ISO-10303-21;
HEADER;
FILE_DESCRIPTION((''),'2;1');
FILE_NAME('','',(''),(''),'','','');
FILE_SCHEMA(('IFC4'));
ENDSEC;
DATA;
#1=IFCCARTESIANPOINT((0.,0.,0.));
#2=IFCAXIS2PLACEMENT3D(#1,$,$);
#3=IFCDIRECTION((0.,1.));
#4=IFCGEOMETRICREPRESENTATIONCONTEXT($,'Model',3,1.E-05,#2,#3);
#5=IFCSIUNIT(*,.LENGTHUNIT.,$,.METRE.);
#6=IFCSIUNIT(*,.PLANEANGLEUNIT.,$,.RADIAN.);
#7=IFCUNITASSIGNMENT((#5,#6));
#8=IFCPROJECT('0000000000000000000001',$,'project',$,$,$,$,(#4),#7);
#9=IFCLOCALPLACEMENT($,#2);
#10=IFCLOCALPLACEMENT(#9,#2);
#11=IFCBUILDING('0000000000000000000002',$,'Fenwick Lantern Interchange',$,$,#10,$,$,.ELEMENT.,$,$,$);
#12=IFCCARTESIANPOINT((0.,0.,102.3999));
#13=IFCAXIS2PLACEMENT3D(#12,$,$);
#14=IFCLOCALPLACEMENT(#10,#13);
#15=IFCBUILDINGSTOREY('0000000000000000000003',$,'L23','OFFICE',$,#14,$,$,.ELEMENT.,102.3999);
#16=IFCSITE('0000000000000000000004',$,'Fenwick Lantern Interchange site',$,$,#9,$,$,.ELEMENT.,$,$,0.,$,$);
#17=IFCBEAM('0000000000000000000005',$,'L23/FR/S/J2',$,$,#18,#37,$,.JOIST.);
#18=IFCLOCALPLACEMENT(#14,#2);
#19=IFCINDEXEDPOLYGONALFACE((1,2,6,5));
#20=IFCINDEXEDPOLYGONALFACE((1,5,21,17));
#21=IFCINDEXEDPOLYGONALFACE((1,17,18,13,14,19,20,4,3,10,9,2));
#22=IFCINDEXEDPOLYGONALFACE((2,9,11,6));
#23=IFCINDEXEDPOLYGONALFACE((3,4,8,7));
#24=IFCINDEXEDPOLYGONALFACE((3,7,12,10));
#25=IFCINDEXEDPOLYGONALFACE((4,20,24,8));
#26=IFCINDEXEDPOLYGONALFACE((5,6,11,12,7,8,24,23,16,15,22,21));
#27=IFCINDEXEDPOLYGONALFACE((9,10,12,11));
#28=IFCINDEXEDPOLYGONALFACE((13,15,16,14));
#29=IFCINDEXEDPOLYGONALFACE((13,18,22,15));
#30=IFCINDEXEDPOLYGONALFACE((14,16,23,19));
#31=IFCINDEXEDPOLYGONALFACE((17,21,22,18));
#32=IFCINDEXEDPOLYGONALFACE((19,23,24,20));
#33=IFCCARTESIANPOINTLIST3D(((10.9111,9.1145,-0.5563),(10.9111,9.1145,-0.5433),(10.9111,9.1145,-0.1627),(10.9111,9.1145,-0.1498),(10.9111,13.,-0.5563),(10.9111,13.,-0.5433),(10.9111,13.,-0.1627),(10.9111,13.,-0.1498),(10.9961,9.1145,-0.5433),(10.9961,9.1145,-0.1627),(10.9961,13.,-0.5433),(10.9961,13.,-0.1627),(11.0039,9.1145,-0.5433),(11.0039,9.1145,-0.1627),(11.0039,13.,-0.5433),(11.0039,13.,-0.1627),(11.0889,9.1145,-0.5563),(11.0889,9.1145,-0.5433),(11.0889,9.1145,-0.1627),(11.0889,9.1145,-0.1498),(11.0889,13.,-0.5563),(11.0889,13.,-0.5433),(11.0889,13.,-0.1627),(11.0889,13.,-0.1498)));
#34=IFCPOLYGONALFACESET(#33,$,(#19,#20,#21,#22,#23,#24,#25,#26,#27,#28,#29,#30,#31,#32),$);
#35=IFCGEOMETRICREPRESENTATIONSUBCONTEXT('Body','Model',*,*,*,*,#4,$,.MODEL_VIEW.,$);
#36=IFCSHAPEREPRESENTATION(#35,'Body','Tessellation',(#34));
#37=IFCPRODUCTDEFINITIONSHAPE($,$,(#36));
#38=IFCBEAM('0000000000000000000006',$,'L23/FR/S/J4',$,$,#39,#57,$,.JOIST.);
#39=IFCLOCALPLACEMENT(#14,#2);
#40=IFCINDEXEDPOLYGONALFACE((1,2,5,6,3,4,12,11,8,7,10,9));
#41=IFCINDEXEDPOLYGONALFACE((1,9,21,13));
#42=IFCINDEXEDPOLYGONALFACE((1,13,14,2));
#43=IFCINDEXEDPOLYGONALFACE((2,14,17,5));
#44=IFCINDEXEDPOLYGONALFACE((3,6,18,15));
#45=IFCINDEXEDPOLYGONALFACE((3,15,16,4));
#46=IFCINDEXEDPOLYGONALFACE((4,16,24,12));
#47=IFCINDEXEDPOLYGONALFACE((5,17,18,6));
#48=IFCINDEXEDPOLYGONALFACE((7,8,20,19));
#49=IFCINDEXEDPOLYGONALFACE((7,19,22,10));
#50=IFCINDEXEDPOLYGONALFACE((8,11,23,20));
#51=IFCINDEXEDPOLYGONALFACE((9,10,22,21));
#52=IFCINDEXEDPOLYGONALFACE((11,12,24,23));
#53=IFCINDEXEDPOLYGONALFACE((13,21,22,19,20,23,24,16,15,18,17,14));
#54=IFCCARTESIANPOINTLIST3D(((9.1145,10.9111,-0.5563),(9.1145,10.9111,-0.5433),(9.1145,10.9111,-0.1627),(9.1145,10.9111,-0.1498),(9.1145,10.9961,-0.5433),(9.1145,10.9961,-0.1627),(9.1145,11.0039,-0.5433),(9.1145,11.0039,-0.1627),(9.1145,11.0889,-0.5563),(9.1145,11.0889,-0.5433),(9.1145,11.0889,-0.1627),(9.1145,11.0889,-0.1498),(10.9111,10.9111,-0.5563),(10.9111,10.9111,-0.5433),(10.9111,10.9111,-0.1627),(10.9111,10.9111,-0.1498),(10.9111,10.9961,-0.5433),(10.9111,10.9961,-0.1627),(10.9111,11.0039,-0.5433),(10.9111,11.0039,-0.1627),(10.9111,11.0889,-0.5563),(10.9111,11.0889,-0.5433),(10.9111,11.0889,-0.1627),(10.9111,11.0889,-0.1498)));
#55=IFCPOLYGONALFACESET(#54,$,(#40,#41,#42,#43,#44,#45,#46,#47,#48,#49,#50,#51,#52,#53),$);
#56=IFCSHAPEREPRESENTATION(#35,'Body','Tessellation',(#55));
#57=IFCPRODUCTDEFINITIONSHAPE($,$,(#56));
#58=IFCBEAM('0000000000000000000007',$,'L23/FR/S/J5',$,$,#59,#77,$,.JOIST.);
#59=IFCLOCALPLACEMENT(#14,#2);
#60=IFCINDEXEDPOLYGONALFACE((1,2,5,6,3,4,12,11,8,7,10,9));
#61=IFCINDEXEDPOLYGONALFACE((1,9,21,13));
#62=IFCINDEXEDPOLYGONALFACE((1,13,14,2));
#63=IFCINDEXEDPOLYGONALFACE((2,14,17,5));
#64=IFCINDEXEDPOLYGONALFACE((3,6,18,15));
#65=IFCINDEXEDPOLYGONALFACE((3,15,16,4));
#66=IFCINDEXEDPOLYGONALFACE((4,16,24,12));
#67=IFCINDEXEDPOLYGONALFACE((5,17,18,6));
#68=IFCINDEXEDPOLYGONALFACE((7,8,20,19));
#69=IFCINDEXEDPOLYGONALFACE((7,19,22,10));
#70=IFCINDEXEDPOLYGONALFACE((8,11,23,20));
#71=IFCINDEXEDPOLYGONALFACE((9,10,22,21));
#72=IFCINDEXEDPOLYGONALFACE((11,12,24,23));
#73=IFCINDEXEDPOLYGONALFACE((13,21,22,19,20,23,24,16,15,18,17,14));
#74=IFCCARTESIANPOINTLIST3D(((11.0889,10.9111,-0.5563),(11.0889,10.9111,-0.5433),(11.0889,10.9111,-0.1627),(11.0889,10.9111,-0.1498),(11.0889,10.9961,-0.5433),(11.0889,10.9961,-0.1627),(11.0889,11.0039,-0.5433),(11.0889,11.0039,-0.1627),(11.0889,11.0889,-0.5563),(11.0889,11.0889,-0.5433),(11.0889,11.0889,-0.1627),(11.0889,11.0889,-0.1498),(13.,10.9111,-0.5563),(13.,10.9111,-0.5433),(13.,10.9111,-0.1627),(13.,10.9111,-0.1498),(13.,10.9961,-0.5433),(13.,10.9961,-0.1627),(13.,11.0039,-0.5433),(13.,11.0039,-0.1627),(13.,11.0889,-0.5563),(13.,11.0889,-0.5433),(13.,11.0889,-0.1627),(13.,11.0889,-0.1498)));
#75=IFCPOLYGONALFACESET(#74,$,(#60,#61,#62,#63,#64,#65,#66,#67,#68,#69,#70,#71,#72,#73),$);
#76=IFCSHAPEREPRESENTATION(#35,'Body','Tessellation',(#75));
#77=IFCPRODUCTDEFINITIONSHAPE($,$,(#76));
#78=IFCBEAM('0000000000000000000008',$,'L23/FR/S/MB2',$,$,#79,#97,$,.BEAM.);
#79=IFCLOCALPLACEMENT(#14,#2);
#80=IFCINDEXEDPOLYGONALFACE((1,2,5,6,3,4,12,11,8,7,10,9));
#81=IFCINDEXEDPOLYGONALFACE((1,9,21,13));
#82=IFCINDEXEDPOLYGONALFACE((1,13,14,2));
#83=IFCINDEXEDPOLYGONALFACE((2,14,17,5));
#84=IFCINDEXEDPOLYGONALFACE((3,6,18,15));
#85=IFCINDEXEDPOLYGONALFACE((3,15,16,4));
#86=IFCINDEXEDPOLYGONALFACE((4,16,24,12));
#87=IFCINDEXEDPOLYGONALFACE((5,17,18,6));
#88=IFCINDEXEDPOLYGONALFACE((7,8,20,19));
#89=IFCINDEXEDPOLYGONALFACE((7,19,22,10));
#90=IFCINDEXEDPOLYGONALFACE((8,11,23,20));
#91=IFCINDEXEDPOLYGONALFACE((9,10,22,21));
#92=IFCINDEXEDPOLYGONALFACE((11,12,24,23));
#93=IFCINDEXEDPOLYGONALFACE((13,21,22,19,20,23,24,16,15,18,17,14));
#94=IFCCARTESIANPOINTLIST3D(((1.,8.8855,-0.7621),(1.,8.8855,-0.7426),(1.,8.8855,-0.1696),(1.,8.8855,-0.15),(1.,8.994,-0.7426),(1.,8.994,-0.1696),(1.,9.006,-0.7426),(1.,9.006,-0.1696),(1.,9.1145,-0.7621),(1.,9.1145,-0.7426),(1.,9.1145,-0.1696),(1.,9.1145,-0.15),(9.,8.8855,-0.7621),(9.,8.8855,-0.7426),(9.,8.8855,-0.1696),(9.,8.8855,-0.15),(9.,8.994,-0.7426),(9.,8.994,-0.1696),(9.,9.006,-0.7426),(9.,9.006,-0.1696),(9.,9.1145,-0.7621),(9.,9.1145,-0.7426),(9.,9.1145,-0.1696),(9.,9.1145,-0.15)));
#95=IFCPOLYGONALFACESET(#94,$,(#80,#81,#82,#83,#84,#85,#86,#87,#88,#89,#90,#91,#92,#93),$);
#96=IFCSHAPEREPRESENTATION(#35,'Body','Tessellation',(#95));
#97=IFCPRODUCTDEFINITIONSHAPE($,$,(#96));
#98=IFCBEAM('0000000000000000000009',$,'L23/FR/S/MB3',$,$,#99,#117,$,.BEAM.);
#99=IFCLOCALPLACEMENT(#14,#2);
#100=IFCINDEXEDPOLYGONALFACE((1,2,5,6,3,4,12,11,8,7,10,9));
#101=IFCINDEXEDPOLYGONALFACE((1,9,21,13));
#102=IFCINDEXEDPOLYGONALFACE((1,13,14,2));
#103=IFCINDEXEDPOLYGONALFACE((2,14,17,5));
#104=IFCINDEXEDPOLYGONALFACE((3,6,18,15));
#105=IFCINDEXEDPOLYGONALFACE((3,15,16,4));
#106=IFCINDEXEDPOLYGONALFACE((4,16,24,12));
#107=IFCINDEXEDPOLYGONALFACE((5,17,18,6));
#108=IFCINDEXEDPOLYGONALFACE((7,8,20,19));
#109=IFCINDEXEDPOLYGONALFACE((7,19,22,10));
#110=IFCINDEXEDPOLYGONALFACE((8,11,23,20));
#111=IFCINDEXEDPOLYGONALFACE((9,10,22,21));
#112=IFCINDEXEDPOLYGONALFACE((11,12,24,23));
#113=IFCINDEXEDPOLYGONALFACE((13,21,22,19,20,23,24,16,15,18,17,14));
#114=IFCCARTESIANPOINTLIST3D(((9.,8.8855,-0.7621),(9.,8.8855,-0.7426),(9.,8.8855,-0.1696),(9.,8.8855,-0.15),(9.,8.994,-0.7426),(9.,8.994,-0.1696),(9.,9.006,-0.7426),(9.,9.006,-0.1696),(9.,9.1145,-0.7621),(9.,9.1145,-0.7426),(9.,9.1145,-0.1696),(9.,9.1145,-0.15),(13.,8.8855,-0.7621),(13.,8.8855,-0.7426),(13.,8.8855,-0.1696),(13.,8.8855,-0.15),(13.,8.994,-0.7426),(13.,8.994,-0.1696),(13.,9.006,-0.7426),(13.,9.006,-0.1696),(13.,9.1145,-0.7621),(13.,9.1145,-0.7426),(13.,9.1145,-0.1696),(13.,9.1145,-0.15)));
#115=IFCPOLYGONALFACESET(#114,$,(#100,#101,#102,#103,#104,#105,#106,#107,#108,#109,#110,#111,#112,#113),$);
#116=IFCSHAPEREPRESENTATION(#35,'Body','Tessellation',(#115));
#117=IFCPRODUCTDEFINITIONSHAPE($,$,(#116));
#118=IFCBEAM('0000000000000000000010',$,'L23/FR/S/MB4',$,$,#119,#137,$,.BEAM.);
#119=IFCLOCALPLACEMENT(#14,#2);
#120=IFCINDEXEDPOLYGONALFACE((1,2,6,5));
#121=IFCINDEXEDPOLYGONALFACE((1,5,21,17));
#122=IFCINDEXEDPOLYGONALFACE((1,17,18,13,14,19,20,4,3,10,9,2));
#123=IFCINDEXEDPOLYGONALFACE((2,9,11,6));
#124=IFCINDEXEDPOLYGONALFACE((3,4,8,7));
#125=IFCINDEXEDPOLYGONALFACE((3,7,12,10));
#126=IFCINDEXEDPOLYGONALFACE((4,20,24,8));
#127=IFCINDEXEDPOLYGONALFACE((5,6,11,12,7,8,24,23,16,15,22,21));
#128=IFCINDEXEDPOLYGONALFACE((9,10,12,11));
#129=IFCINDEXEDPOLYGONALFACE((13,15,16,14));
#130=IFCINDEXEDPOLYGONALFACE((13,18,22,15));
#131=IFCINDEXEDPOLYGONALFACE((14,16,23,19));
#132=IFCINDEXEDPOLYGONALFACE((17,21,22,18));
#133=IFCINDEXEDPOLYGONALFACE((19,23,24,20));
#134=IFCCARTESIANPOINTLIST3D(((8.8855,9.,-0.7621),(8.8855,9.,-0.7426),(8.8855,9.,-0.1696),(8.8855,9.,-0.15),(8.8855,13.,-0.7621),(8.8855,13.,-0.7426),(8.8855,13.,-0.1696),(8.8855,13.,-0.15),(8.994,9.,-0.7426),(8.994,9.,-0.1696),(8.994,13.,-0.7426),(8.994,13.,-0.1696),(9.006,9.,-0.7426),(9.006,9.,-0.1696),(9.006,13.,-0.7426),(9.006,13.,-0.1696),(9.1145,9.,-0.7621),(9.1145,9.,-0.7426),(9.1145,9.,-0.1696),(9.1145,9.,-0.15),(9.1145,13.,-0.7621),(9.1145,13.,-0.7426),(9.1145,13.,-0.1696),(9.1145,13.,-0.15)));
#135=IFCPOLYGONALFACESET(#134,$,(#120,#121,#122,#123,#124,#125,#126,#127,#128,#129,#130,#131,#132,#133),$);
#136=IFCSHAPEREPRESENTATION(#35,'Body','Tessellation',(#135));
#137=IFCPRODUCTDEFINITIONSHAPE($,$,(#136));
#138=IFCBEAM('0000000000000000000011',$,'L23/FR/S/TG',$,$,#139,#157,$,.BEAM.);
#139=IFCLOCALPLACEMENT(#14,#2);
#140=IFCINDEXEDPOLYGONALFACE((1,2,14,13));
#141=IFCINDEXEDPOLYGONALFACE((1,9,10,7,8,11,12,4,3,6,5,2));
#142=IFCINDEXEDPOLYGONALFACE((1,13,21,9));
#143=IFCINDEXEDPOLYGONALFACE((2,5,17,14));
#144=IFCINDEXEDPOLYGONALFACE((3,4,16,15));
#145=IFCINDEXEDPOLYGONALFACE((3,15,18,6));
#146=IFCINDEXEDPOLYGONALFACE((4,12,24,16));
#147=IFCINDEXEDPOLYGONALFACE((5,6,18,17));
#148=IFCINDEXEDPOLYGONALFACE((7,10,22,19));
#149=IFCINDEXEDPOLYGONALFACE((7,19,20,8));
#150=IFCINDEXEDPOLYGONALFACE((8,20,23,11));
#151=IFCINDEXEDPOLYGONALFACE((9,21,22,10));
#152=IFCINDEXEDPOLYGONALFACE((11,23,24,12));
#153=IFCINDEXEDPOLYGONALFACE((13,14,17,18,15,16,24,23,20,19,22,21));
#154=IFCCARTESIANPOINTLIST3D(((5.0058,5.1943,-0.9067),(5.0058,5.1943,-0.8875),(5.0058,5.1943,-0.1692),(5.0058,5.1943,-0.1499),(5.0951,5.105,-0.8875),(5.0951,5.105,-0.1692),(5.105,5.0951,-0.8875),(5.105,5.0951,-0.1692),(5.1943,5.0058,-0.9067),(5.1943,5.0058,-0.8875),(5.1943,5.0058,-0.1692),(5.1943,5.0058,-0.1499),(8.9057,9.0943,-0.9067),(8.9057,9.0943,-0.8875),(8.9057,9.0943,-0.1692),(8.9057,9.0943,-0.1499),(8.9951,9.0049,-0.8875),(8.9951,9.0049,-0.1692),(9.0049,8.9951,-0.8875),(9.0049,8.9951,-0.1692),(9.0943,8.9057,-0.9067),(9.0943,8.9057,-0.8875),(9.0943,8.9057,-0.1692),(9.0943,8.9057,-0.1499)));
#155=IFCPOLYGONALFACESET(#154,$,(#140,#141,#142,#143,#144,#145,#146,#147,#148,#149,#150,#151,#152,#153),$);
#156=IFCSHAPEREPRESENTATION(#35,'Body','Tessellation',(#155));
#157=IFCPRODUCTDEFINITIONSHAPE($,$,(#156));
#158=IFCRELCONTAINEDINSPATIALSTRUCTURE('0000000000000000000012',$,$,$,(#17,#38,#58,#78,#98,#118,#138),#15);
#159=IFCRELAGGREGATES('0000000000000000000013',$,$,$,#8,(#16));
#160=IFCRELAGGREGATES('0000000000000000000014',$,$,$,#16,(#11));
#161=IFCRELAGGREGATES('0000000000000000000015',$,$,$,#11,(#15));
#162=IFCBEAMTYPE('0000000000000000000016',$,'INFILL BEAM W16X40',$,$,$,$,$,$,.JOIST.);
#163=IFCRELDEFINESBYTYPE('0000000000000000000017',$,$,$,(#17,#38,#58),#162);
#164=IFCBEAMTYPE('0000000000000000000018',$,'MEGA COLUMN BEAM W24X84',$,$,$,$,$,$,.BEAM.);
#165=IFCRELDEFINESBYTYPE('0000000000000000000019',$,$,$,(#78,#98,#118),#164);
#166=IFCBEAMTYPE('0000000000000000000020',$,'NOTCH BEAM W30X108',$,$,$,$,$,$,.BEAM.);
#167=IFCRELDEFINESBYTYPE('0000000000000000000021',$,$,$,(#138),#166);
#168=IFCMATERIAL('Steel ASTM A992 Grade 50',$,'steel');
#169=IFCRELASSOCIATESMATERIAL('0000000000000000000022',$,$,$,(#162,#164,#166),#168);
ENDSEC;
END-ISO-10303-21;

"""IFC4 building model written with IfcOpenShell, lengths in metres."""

from ifc_helpers import new_model, si_unit, direction, frame, origin, origin_2d, place, context, subcontext, project, spatial, i_section, extrude, material, material_profile, profile_set, type_object, element, save


model = new_model("IFC4")

# Units and contexts
model_context = context("Model", 3, precision=1e-05, world=origin(), true_north=direction((0.0, 1.0)))
body_context = subcontext(model_context, "Body", "Model", "MODEL_VIEW")
ifc_project = project(units=[si_unit("LENGTHUNIT", "METRE"), si_unit("PLANEANGLEUNIT", "RADIAN")], contexts=[model_context])

# Site, building, storey
site_placement = place(None, origin())
site = spatial("IfcSite", under=ifc_project, at=site_placement, Name="Fenwick Lantern Interchange site", CompositionType="ELEMENT", RefElevation=0.0)
building_placement = place(site_placement, origin())
building = spatial("IfcBuilding", under=site, at=building_placement, Name="Fenwick Lantern Interchange", CompositionType="ELEMENT")
storey_placement = place(building_placement, frame((0.0, 0.0, 102.3999)))
storey = spatial("IfcBuildingStorey", under=building, at=storey_placement, Name="L23", Description="OFFICE", CompositionType="ELEMENT", Elevation=102.3999)

# Beams
ifc_material_1 = material(Name="Steel ASTM A992 Grade 50", Category="steel")
ifc_material_profile_1 = material_profile(ifc_material_1, i_section(OverallWidth=0.1777, OverallDepth=0.4065, WebThickness=0.0078, FlangeThickness=0.0129, at=origin_2d()), Name="W16X40")
ifc_profile_set_1 = profile_set([ifc_material_profile_1], Name="Steel ASTM A992 Grade 50")
beam_type_1 = type_object("IfcBeamType", Name="INFILL BEAM W16X40", PredefinedType="JOIST", material=ifc_profile_set_1)
beam_1_placement = place(storey_placement, frame((11.0, 9.1145, -0.353), z_axis=(0.0, 1.0, 0.0), x_axis=(-1.0, 0.0, 0.0)))
element("IfcBeam", 1, at=beam_1_placement, inside=storey, type_object=beam_type_1, Name="L23/FR/S/J2", PredefinedType="JOIST", context=body_context, shape_type="SweptSolid", body=[
    extrude(i_section(OverallWidth=0.1777, OverallDepth=0.4065, WebThickness=0.0078, FlangeThickness=0.0129, at=origin_2d()), origin(), (0.0, 0.0, 1.0), 3.8855),
])
beam_2_placement = place(storey_placement, frame((9.1145, 11.0, -0.353), z_axis=(1.0, 0.0, 0.0), x_axis=(0.0, 1.0, 0.0)))
element("IfcBeam", 2, at=beam_2_placement, inside=storey, type_object=beam_type_1, Name="L23/FR/S/J4", PredefinedType="JOIST", context=body_context, shape_type="SweptSolid", body=[
    extrude(i_section(OverallWidth=0.1777, OverallDepth=0.4065, WebThickness=0.0078, FlangeThickness=0.0129, at=origin_2d()), origin(), (0.0, 0.0, 1.0), 1.7966),
])
beam_3_placement = place(storey_placement, frame((11.0889, 11.0, -0.353), z_axis=(1.0, 0.0, 0.0), x_axis=(0.0, 1.0, 0.0)))
element("IfcBeam", 3, at=beam_3_placement, inside=storey, type_object=beam_type_1, Name="L23/FR/S/J5", PredefinedType="JOIST", context=body_context, shape_type="SweptSolid", body=[
    extrude(i_section(OverallWidth=0.1777, OverallDepth=0.4065, WebThickness=0.0078, FlangeThickness=0.0129, at=origin_2d()), origin(), (0.0, 0.0, 1.0), 1.9111),
])
ifc_material_profile_2 = material_profile(ifc_material_1, i_section(OverallWidth=0.229, OverallDepth=0.6121, WebThickness=0.012, FlangeThickness=0.0195, at=origin_2d()), Name="W24X84")
ifc_profile_set_2 = profile_set([ifc_material_profile_2], Name="Steel ASTM A992 Grade 50")
beam_type_2 = type_object("IfcBeamType", Name="MEGA COLUMN BEAM W24X84", PredefinedType="BEAM", material=ifc_profile_set_2)
beam_4_placement = place(storey_placement, frame((9.0, 9.0, -0.4561), z_axis=(-1.0, 0.0, 0.0), x_axis=(0.0, -1.0, 0.0)))
element("IfcBeam", 4, at=beam_4_placement, inside=storey, type_object=beam_type_2, Name="L23/FR/S/MB2", PredefinedType="BEAM", context=body_context, shape_type="SweptSolid", body=[
    extrude(i_section(OverallWidth=0.229, OverallDepth=0.6121, WebThickness=0.012, FlangeThickness=0.0195, at=origin_2d()), origin(), (0.0, 0.0, 1.0), 8.0),
])
for number, where, z_axis, x_axis, name in (
    (5, (9.0, 9.0, -0.4561), (1.0, 0.0, 0.0), (0.0, 1.0, 0.0), "L23/FR/S/MB3"),
    (6, (9.0, 9.0, -0.4561), (0.0, 1.0, 0.0), (-1.0, 0.0, 0.0), "L23/FR/S/MB4"),
):
    element("IfcBeam", number, at=place(storey_placement, frame(where, z_axis=z_axis, x_axis=x_axis)), inside=storey, type_object=beam_type_2, Name=name, PredefinedType="BEAM", context=body_context, shape_type="SweptSolid", body=[
        extrude(i_section(OverallWidth=0.229, OverallDepth=0.6121, WebThickness=0.012, FlangeThickness=0.0195, at=origin_2d()), origin(), (0.0, 0.0, 1.0), 4.0),
    ])
ifc_material_profile_3 = material_profile(ifc_material_1, i_section(OverallWidth=0.2666, OverallDepth=0.7568, WebThickness=0.0139, FlangeThickness=0.0193, at=origin_2d()), Name="W30X108")
ifc_profile_set_3 = profile_set([ifc_material_profile_3], Name="Steel ASTM A992 Grade 50")
beam_type_3 = type_object("IfcBeamType", Name="NOTCH BEAM W30X108", PredefinedType="BEAM", material=ifc_profile_set_3)
beam_5_placement = place(storey_placement, frame((9.0, 9.0, -0.5283), z_axis=(-0.707107, -0.707107, 0.0), x_axis=(0.707107, -0.707107, 0.0)))
element("IfcBeam", 7, at=beam_5_placement, inside=storey, type_object=beam_type_3, Name="L23/FR/S/TG", PredefinedType="BEAM", context=body_context, shape_type="SweptSolid", body=[
    extrude(i_section(OverallWidth=0.2666, OverallDepth=0.7568, WebThickness=0.0139, FlangeThickness=0.0193, at=origin_2d()), origin(), (0.0, 0.0, 1.0), 5.5154),
])

save(model, "model.ifc")
